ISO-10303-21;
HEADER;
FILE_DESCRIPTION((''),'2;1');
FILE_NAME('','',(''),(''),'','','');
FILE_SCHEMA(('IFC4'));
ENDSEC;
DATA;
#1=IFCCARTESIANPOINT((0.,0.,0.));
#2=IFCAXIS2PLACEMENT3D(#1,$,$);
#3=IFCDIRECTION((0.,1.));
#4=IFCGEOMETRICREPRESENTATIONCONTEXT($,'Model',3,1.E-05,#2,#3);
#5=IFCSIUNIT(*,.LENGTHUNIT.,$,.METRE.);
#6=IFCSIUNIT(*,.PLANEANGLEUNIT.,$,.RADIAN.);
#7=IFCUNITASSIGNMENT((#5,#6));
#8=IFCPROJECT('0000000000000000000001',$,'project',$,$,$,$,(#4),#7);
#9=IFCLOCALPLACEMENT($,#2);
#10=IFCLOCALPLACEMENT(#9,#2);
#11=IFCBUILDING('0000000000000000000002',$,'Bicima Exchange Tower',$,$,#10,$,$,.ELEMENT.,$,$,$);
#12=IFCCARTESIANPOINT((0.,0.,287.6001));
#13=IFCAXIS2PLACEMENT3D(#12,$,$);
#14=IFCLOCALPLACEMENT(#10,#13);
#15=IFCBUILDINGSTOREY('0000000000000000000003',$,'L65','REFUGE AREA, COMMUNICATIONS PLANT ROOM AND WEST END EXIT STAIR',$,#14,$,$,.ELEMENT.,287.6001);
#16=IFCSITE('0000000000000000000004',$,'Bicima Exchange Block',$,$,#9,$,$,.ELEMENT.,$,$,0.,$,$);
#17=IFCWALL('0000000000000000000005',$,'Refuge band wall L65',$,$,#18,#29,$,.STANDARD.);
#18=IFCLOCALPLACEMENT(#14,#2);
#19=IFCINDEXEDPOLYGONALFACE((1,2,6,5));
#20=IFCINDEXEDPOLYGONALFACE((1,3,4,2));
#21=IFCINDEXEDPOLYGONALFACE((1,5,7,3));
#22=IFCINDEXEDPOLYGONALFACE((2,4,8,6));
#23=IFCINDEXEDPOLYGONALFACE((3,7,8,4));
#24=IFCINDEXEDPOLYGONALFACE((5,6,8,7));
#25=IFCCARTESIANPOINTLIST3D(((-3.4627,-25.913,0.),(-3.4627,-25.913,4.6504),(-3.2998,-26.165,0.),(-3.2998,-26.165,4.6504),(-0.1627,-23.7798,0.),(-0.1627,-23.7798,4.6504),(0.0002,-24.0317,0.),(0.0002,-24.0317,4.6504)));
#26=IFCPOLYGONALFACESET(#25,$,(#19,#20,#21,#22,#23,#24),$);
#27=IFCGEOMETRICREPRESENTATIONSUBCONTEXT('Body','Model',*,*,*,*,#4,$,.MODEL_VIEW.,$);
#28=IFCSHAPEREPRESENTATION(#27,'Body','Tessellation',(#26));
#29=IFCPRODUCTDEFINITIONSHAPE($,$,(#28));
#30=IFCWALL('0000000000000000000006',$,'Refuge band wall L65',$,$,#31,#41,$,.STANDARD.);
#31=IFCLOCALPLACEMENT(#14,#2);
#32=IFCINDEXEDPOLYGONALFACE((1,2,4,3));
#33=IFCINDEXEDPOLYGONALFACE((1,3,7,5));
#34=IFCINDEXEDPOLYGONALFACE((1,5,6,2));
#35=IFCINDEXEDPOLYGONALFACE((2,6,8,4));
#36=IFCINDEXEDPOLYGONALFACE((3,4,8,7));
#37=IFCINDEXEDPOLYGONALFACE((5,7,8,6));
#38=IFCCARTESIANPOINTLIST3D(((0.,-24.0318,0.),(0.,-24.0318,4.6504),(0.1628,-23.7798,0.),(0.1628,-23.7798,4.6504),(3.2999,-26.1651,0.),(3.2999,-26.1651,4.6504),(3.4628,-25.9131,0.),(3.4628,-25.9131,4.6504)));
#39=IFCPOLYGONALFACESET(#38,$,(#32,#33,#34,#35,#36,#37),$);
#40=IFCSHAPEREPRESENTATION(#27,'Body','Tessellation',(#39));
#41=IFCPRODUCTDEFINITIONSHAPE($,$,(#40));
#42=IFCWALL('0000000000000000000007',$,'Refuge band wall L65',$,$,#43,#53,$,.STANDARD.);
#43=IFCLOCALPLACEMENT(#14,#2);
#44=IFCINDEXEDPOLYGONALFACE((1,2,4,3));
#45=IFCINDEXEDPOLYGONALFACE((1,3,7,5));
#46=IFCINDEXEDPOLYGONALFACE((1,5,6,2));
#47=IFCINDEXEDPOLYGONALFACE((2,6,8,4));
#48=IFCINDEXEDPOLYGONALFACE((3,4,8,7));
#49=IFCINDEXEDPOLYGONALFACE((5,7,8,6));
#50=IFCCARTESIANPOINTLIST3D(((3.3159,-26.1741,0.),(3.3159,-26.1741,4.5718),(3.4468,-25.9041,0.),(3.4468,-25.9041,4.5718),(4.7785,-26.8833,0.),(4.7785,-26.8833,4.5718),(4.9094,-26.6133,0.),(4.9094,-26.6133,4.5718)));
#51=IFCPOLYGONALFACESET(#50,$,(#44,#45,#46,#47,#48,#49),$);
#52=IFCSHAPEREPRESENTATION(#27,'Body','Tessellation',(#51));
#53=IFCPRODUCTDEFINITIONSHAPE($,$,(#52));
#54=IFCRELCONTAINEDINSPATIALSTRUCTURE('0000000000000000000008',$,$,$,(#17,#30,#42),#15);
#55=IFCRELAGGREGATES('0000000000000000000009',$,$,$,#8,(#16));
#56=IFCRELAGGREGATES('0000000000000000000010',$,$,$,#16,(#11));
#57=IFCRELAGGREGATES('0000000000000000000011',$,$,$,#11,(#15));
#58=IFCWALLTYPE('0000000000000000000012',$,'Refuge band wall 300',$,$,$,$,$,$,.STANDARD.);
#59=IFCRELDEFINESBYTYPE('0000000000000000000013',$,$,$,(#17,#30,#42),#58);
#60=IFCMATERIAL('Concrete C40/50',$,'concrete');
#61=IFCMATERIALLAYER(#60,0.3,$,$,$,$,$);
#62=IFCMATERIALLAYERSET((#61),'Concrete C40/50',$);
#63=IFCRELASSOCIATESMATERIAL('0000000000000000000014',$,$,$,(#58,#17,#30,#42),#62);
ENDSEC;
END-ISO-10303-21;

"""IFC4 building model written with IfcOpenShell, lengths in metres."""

from ifc_helpers import new_model, si_unit, direction, frame, frame_2d, origin, place, context, subcontext, project, spatial, rectangle, extrude, material, layer, layer_set, layer_usage, type_object, element, save


model = new_model("IFC4")

# Units and contexts
model_context = context("Model", 3, precision=1e-05, world=origin(), true_north=direction((0.0, 1.0)))
body_context = subcontext(model_context, "Body", "Model", "MODEL_VIEW")
ifc_project = project(units=[si_unit("LENGTHUNIT", "METRE"), si_unit("PLANEANGLEUNIT", "RADIAN")], contexts=[model_context])

# Site, building, storey
site_placement = place(None, origin())
site = spatial("IfcSite", under=ifc_project, at=site_placement, Name="Bicima Exchange Block", CompositionType="ELEMENT", RefElevation=0.0)
building_placement = place(site_placement, origin())
building = spatial("IfcBuilding", under=site, at=building_placement, Name="Bicima Exchange Tower", CompositionType="ELEMENT")
storey_placement = place(building_placement, frame((0.0, 0.0, 287.6001)))
storey = spatial("IfcBuildingStorey", under=building, at=storey_placement, Name="L65", Description="REFUGE AREA, COMMUNICATIONS PLANT ROOM AND WEST END EXIT STAIR", CompositionType="ELEMENT", Elevation=287.6001)

# Shared definitions
ifc_material_1 = material(Name="Concrete C40/50", Category="concrete")

# Walls
ifc_layer_1 = layer(ifc_material_1, 0.3)
ifc_layer_set_1 = layer_set([ifc_layer_1], Name="Concrete C40/50")
ifc_layer_usage = layer_usage(ifc_layer_set_1, "AXIS2", "POSITIVE", -0.15)
wall_type_1 = type_object("IfcWallType", Name="Refuge band wall 300", PredefinedType="STANDARD", material=ifc_layer_set_1)
for number, where, z_axis, x_axis, name in (
    (1, (-3.3813, -26.0391, 0.0), (0.0, 0.0, 1.0), (0.839805, 0.542888, 0.0), "Refuge band wall L65"),
    (2, (0.0813, -23.9058, 0.0), (0.0, 0.0, 1.0), (0.839805, -0.542888, 0.0), "Refuge band wall L65"),
):
    element("IfcWall", number, at=place(storey_placement, frame(where, z_axis=z_axis, x_axis=x_axis)), inside=storey, type_object=wall_type_1, material=ifc_layer_usage, Name=name, PredefinedType="STANDARD", context=body_context, shape_type="SweptSolid", body=[
        extrude(rectangle(XDim=3.9294, YDim=0.3, at=frame_2d((1.9648, 0.0))), origin(), (0.0, 0.0, 1.0), 4.6504),
    ])
wall_1_placement = place(storey_placement, frame((3.3813, -26.0391, 0.0), z_axis=(0.0, 0.0, 1.0), x_axis=(0.899798, -0.436307, 0.0)))
element("IfcWall", 3, at=wall_1_placement, inside=storey, type_object=wall_type_1, material=ifc_layer_usage, Name="Refuge band wall L65", PredefinedType="STANDARD", context=body_context, shape_type="SweptSolid", body=[
    extrude(rectangle(XDim=1.6255, YDim=0.3, at=frame_2d((0.8127, 0.0))), origin(), (0.0, 0.0, 1.0), 4.5718),
])

save(model, "model.ifc")
